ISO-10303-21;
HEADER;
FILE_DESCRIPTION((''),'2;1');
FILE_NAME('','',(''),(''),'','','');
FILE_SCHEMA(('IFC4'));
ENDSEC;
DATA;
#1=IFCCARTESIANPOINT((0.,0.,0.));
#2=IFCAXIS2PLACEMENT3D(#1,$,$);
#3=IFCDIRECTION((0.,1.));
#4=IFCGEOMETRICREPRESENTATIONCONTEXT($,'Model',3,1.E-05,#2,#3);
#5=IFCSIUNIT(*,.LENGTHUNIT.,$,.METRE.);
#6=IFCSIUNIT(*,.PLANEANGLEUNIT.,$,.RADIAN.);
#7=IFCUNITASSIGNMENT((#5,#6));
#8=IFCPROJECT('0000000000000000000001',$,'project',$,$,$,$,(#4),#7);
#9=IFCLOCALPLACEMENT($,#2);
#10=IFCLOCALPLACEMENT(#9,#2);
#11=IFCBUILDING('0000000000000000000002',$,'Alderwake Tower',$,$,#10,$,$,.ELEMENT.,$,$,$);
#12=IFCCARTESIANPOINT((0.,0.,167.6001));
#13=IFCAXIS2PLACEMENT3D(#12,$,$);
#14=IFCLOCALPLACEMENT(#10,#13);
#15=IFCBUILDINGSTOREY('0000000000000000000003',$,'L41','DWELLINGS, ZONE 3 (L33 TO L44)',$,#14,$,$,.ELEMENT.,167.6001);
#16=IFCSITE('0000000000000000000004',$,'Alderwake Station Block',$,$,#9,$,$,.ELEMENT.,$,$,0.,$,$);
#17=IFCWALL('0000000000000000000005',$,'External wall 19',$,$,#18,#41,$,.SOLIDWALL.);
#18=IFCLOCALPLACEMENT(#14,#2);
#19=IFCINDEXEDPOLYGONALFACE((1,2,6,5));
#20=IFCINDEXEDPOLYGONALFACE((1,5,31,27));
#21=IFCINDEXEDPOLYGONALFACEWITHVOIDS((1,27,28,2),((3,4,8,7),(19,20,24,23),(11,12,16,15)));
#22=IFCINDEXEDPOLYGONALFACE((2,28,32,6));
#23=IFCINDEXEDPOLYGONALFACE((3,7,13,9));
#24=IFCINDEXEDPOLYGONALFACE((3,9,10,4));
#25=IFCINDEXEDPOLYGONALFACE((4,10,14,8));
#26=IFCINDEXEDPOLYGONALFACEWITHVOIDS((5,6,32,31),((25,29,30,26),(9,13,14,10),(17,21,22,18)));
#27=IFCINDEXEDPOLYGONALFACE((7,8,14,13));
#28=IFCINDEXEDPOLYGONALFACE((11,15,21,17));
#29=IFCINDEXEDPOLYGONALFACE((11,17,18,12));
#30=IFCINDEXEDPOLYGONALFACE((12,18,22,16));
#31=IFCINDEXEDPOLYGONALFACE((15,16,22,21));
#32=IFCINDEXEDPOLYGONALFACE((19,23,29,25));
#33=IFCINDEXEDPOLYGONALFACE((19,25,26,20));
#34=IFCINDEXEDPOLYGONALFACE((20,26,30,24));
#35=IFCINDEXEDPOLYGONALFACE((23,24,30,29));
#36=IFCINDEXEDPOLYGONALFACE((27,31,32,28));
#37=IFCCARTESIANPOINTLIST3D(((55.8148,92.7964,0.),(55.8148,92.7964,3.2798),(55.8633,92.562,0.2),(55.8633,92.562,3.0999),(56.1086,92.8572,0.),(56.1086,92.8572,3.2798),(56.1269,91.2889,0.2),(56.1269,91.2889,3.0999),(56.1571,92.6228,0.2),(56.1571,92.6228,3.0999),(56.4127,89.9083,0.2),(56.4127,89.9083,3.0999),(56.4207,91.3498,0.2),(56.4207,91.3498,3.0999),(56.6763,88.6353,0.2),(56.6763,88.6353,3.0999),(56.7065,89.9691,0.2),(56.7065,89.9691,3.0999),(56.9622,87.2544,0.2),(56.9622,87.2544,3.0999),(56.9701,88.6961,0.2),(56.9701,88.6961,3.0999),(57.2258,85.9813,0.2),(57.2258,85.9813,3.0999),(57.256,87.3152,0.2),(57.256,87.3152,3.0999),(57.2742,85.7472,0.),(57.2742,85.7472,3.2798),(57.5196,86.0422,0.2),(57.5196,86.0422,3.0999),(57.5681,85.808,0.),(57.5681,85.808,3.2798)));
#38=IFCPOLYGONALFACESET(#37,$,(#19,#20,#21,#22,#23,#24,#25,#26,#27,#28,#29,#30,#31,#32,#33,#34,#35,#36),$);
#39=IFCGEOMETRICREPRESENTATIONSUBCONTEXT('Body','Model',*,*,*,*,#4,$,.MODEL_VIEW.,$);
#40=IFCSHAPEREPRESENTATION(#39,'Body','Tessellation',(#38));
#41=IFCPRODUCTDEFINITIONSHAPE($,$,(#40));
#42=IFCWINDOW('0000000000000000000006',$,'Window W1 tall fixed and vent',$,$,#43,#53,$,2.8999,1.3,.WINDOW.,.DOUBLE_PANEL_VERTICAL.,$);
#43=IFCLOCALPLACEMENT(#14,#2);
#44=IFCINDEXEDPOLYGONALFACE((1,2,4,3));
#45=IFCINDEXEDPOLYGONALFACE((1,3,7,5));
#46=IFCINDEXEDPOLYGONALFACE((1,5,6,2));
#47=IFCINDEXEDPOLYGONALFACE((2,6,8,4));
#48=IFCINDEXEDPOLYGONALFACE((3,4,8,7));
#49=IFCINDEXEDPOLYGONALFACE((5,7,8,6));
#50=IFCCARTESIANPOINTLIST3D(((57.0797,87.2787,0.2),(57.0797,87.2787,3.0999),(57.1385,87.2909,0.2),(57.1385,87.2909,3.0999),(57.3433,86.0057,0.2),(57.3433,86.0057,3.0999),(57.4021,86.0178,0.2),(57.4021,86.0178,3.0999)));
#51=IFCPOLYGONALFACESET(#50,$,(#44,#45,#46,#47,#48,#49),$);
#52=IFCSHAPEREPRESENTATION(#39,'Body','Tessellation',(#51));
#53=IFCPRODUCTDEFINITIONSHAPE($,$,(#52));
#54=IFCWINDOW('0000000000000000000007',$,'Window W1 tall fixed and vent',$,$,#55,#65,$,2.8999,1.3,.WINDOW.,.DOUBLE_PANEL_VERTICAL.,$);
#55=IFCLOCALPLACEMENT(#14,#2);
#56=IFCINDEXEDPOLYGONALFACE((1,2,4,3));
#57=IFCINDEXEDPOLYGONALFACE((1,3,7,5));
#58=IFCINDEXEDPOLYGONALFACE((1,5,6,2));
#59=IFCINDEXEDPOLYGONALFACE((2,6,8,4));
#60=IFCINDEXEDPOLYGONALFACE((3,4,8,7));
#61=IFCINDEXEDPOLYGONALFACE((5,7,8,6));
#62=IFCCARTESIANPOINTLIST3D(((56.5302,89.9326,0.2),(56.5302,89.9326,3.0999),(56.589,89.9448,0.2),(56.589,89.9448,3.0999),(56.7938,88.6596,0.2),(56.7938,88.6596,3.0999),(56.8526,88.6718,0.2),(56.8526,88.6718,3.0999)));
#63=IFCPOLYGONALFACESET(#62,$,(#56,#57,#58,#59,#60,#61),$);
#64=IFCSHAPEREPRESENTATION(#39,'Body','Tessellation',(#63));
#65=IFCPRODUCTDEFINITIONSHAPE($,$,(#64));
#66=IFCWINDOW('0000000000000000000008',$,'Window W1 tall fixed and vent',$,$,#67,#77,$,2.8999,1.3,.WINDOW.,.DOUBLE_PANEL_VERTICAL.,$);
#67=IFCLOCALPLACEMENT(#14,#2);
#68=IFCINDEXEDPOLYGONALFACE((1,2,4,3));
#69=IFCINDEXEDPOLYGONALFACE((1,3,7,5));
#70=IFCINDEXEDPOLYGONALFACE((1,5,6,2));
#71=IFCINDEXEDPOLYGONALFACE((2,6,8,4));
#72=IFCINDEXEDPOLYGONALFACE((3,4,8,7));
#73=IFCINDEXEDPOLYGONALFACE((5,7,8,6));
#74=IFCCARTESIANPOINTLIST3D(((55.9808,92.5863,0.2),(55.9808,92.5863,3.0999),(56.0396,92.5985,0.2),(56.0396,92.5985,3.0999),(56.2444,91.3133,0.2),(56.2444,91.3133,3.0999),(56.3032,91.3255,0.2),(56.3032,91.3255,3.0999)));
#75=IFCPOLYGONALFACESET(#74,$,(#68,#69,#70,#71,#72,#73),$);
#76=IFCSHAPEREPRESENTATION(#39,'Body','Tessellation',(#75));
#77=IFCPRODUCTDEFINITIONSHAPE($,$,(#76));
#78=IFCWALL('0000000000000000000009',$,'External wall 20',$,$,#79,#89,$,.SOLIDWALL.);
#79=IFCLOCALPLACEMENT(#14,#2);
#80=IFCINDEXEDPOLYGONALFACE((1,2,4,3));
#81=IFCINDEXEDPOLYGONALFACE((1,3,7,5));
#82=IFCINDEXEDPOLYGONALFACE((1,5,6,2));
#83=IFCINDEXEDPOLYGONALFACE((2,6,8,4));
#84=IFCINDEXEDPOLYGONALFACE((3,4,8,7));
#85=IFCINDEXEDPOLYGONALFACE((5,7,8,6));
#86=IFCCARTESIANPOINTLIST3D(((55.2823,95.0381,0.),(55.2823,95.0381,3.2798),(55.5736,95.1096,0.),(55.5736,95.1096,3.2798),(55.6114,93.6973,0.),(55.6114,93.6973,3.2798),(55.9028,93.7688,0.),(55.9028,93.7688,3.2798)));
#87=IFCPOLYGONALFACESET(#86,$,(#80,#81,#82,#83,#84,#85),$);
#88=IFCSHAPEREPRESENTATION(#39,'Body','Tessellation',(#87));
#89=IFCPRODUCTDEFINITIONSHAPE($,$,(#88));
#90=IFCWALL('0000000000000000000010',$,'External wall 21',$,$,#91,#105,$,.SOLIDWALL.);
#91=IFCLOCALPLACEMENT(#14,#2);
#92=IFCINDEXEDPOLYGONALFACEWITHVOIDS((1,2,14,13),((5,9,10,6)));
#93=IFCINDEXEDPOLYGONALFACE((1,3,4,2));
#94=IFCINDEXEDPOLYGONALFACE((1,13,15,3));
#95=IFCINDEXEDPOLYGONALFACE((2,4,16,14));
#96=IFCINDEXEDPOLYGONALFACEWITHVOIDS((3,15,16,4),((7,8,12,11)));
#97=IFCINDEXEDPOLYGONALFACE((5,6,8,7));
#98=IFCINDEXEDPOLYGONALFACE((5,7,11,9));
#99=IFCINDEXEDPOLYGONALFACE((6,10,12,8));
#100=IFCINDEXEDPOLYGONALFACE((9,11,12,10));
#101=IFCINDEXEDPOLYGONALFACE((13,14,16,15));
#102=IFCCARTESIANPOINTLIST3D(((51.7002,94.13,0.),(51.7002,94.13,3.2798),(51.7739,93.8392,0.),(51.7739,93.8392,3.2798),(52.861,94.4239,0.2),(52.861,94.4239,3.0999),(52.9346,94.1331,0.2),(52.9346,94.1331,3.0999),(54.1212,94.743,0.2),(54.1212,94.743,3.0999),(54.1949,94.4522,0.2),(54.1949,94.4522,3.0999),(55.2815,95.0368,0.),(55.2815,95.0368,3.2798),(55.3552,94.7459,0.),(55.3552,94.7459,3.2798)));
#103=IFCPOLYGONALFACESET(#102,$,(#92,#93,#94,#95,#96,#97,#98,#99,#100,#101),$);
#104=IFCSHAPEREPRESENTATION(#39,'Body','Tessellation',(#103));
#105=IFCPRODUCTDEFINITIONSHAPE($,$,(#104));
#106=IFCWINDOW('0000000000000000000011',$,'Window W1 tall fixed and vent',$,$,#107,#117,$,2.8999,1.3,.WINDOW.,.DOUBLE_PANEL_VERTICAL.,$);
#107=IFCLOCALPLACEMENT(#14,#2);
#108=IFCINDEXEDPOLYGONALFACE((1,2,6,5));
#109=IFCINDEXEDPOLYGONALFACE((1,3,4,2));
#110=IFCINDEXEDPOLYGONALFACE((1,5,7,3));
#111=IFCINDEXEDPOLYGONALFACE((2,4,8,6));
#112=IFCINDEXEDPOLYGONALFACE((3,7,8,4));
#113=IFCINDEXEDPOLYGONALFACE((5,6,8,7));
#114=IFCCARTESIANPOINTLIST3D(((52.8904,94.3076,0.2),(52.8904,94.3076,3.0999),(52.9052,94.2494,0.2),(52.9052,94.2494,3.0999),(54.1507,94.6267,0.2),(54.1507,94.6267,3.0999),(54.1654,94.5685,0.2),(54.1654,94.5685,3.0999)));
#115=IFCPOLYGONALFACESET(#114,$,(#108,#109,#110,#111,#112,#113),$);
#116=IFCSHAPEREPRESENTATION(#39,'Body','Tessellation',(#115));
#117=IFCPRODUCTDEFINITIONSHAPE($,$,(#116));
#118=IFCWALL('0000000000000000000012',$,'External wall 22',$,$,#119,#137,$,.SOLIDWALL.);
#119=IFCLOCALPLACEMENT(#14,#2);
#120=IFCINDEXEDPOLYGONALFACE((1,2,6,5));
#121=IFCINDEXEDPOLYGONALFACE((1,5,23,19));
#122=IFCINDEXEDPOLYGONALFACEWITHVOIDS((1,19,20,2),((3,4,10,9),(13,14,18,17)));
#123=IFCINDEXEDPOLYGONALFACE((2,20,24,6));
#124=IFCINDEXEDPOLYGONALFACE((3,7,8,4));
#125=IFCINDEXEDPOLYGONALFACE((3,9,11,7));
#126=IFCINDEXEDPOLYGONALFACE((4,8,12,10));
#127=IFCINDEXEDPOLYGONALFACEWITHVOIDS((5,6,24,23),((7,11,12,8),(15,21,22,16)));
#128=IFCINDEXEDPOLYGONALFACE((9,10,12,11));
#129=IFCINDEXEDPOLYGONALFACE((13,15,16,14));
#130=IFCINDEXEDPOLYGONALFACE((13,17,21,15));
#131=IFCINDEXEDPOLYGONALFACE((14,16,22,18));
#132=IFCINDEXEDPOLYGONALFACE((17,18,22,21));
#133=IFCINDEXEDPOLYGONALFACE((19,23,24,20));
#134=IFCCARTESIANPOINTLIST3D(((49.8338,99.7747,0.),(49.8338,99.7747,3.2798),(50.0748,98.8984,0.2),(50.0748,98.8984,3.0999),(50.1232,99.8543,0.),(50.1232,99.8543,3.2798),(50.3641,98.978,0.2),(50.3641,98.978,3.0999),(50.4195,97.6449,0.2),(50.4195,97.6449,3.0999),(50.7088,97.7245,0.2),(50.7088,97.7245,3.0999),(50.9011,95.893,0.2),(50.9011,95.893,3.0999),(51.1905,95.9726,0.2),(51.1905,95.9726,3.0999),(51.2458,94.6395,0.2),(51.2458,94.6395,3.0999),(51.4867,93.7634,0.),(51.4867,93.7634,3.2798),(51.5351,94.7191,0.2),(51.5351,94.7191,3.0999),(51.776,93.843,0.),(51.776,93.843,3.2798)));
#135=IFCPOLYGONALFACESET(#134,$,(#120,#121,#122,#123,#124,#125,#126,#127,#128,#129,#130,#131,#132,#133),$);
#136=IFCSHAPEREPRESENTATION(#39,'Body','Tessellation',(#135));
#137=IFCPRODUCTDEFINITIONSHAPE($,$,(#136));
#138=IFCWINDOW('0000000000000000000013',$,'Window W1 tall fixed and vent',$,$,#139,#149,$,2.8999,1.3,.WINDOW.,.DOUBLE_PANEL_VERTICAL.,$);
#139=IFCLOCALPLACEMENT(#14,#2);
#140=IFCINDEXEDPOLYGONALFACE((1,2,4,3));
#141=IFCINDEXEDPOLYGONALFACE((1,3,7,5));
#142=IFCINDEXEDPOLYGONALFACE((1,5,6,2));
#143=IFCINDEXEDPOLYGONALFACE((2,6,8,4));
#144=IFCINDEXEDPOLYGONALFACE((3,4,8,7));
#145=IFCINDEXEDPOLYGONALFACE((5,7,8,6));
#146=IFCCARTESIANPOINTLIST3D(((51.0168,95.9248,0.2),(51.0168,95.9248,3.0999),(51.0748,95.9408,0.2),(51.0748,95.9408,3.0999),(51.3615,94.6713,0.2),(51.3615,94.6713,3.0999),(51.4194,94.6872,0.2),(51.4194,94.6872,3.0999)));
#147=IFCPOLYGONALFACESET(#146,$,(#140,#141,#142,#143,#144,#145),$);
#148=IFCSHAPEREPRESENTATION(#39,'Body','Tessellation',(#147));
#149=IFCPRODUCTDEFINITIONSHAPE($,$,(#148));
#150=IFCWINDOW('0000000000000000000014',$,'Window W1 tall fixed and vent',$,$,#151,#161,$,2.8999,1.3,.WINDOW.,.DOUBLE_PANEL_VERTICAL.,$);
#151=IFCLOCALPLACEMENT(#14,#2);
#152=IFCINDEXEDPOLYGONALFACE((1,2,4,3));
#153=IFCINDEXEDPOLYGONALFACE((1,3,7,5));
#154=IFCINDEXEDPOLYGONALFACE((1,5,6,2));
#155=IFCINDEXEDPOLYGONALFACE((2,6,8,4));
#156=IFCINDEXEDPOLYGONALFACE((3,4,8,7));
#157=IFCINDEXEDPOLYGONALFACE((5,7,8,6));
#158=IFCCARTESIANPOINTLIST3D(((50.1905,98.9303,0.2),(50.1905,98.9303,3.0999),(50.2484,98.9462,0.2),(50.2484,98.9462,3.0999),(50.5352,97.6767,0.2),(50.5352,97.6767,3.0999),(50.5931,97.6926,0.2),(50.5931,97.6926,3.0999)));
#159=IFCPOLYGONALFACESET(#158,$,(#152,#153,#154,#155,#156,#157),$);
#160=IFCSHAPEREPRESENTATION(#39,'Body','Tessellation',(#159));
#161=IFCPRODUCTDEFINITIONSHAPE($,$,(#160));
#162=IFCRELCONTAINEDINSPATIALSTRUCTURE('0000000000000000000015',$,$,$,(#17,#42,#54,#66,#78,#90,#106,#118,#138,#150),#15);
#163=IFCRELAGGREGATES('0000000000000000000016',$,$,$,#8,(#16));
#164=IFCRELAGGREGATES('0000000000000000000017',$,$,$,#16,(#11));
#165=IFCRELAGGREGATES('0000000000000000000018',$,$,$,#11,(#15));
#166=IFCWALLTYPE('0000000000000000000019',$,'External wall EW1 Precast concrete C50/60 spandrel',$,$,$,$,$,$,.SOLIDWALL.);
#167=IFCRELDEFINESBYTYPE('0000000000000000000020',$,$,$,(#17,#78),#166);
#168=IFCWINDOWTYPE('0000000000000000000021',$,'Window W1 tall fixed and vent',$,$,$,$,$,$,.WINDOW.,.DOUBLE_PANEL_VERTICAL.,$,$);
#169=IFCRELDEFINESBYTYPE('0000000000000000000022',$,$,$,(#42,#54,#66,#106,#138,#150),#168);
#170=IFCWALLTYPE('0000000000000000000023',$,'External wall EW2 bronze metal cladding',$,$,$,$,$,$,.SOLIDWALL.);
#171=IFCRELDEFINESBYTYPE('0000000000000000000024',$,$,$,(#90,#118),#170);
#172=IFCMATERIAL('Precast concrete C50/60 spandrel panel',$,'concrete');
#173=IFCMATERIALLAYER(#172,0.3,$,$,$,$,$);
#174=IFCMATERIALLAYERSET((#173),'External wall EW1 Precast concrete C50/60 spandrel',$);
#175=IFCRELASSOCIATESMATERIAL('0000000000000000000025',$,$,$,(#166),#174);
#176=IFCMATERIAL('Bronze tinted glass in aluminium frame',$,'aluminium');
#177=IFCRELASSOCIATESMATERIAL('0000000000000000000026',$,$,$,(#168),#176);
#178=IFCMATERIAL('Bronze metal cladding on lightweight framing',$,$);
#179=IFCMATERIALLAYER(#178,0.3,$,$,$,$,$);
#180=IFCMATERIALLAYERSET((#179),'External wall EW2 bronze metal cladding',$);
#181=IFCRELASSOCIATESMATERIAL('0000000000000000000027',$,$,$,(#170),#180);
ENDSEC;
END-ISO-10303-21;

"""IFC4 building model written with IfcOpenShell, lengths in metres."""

from ifc_helpers import new_model, si_unit, direction, frame, frame_2d, origin, place, context, subcontext, project, spatial, rectangle, extrude, material, layer, layer_set, type_object, element, fill, save


model = new_model("IFC4")

# Units and contexts
model_context = context("Model", 3, precision=1e-05, world=origin(), true_north=direction((0.0, 1.0)))
body_context = subcontext(model_context, "Body", "Model", "MODEL_VIEW")
ifc_project = project(units=[si_unit("LENGTHUNIT", "METRE"), si_unit("PLANEANGLEUNIT", "RADIAN")], contexts=[model_context])

# Site, building, storey
site_placement = place(None, origin())
site = spatial("IfcSite", under=ifc_project, at=site_placement, Name="Alderwake Station Block", CompositionType="ELEMENT", RefElevation=0.0)
building_placement = place(site_placement, origin())
building = spatial("IfcBuilding", under=site, at=building_placement, Name="Alderwake Tower", CompositionType="ELEMENT")
storey_placement = place(building_placement, frame((0.0, 0.0, 167.6001)))
storey = spatial("IfcBuildingStorey", under=building, at=storey_placement, Name="L41", Description="DWELLINGS, ZONE 3 (L33 TO L44)", CompositionType="ELEMENT", Elevation=167.6001)

# Wall, openings, windows
ifc_material_1 = material(Name="Precast concrete C50/60 spandrel panel", Category="concrete")
ifc_layer_1 = layer(ifc_material_1, 0.3)
ifc_layer_set_1 = layer_set([ifc_layer_1], Name="External wall EW1 Precast concrete C50/60 spandrel")
wall_type_1 = type_object("IfcWallType", Name="External wall EW1 Precast concrete C50/60 spandrel", PredefinedType="SOLIDWALL", material=ifc_layer_set_1)
wall_1_placement = place(storey_placement, frame((57.4211, 85.7776, 0.0), z_axis=(0.0, 0.0, 1.0), x_axis=(-0.202738, 0.979233, 0.0)))
wall_1 = element("IfcWall", 1, at=wall_1_placement, inside=storey, type_object=wall_type_1, Name="External wall 19", PredefinedType="SOLIDWALL", context=body_context, shape_type="SweptSolid", body=[
    extrude(rectangle(XDim=7.1987, YDim=0.3, at=frame_2d((3.5994, 0.0))), origin(), (0.0, 0.0, 1.0), 3.2798),
])
opening_1_placement = place(wall_1_placement, frame((0.2393, 0.0, 0.2)))
opening_1 = element("IfcOpeningElement", 2, at=opening_1_placement, cuts=wall_1, PredefinedType="OPENING", context=body_context, shape_type="SweptSolid", body=[
    extrude(rectangle(XDim=1.3, YDim=2.8999, at=frame_2d((0.6499, 1.45))), frame((0.0, 0.1599, 0.0), z_axis=(0.0, -1.0, 0.0), x_axis=(1.0, 0.0, 0.0)), (0.0, 0.0, 1.0), 0.3201),
])
opening_2_placement = place(wall_1_placement, frame((2.9495, 0.0, 0.2)))
opening_2 = element("IfcOpeningElement", 3, at=opening_2_placement, cuts=wall_1, PredefinedType="OPENING", context=body_context, shape_type="SweptSolid", body=[
    extrude(rectangle(XDim=1.3, YDim=2.8999, at=frame_2d((0.6499, 1.45))), frame((0.0, 0.1599, 0.0), z_axis=(0.0, -1.0, 0.0), x_axis=(1.0, 0.0, 0.0)), (0.0, 0.0, 1.0), 0.3201),
])
opening_3_placement = place(wall_1_placement, frame((5.6594, 0.0, 0.2)))
opening_3 = element("IfcOpeningElement", 4, at=opening_3_placement, cuts=wall_1, PredefinedType="OPENING", context=body_context, shape_type="SweptSolid", body=[
    extrude(rectangle(XDim=1.3, YDim=2.8999, at=frame_2d((0.6499, 1.45))), frame((0.0, 0.1599, 0.0), z_axis=(0.0, -1.0, 0.0), x_axis=(1.0, 0.0, 0.0)), (0.0, 0.0, 1.0), 0.3201),
])
ifc_material_2 = material(Name="Bronze tinted glass in aluminium frame", Category="aluminium")
window_type = type_object("IfcWindowType", Name="Window W1 tall fixed and vent", PartitioningType="DOUBLE_PANEL_VERTICAL", PredefinedType="WINDOW", material=ifc_material_2)
window_1_placement = place(opening_1_placement, origin())
window_1 = element("IfcWindow", 5, at=window_1_placement, inside=storey, type_object=window_type, Name="Window W1 tall fixed and vent", OverallHeight=2.8999, OverallWidth=1.3, PartitioningType="DOUBLE_PANEL_VERTICAL", PredefinedType="WINDOW", context=body_context, shape_type="SweptSolid", body=[
    extrude(rectangle(XDim=1.3, YDim=2.8999, at=frame_2d((0.6499, 1.45))), frame((0.0, 0.03, 0.0), z_axis=(0.0, -1.0, 0.0), x_axis=(1.0, 0.0, 0.0)), (0.0, 0.0, 1.0), 0.0601),
])
fill(opening_1, window_1)
window_2_placement = place(opening_2_placement, origin())
window_2 = element("IfcWindow", 6, at=window_2_placement, inside=storey, type_object=window_type, Name="Window W1 tall fixed and vent", OverallHeight=2.8999, OverallWidth=1.3, PartitioningType="DOUBLE_PANEL_VERTICAL", PredefinedType="WINDOW", context=body_context, shape_type="SweptSolid", body=[
    extrude(rectangle(XDim=1.3, YDim=2.8999, at=frame_2d((0.6499, 1.45))), frame((0.0, 0.03, 0.0), z_axis=(0.0, -1.0, 0.0), x_axis=(1.0, 0.0, 0.0)), (0.0, 0.0, 1.0), 0.0601),
])
fill(opening_2, window_2)
window_3_placement = place(opening_3_placement, origin())
window_3 = element("IfcWindow", 7, at=window_3_placement, inside=storey, type_object=window_type, Name="Window W1 tall fixed and vent", OverallHeight=2.8999, OverallWidth=1.3, PartitioningType="DOUBLE_PANEL_VERTICAL", PredefinedType="WINDOW", context=body_context, shape_type="SweptSolid", body=[
    extrude(rectangle(XDim=1.3, YDim=2.8999, at=frame_2d((0.6499, 1.45))), frame((0.0, 0.03, 0.0), z_axis=(0.0, -1.0, 0.0), x_axis=(1.0, 0.0, 0.0)), (0.0, 0.0, 1.0), 0.0601),
])
fill(opening_3, window_3)

# Wall
wall_2_placement = place(storey_placement, frame((55.7571, 93.7329, 0.0), z_axis=(0.0, 0.0, 1.0), x_axis=(-0.238373, 0.971174, 0.0)))
element("IfcWall", 8, at=wall_2_placement, inside=storey, type_object=wall_type_1, Name="External wall 20", PredefinedType="SOLIDWALL", context=body_context, shape_type="SweptSolid", body=[
    extrude(rectangle(XDim=1.3806, YDim=0.3, at=frame_2d((0.6904, 0.0))), origin(), (0.0, 0.0, 1.0), 3.2798),
])

# Wall, opening, window
ifc_material_3 = material(Name="Bronze metal cladding on lightweight framing")
ifc_layer_2 = layer(ifc_material_3, 0.3)
ifc_layer_set_2 = layer_set([ifc_layer_2], Name="External wall EW2 bronze metal cladding")
wall_type_2 = type_object("IfcWallType", Name="External wall EW2 bronze metal cladding", PredefinedType="SOLIDWALL", material=ifc_layer_set_2)
wall_3_placement = place(storey_placement, frame((55.3184, 94.8914, 0.0), z_axis=(0.0, 0.0, 1.0), x_axis=(-0.969411, -0.245442, 0.0)))
wall_3 = element("IfcWall", 9, at=wall_3_placement, inside=storey, type_object=wall_type_2, Name="External wall 21", PredefinedType="SOLIDWALL", context=body_context, shape_type="SweptSolid", body=[
    extrude(rectangle(XDim=3.6943, YDim=0.3, at=frame_2d((1.8472, 0.0))), origin(), (0.0, 0.0, 1.0), 3.2798),
])
opening_4_placement = place(wall_3_placement, frame((1.197, 0.0, 0.2)))
opening_4 = element("IfcOpeningElement", 10, at=opening_4_placement, cuts=wall_3, PredefinedType="OPENING", context=body_context, shape_type="SweptSolid", body=[
    extrude(rectangle(XDim=1.3, YDim=2.8999, at=frame_2d((0.6499, 1.45))), frame((0.0, 0.1599, 0.0), z_axis=(0.0, -1.0, 0.0), x_axis=(1.0, 0.0, 0.0)), (0.0, 0.0, 1.0), 0.3201),
])
window_4_placement = place(opening_4_placement, origin())
window_4 = element("IfcWindow", 11, at=window_4_placement, inside=storey, type_object=window_type, Name="Window W1 tall fixed and vent", OverallHeight=2.8999, OverallWidth=1.3, PartitioningType="DOUBLE_PANEL_VERTICAL", PredefinedType="WINDOW", context=body_context, shape_type="SweptSolid", body=[
    extrude(rectangle(XDim=1.3, YDim=2.8999, at=frame_2d((0.6499, 1.45))), frame((0.0, 0.03, 0.0), z_axis=(0.0, -1.0, 0.0), x_axis=(1.0, 0.0, 0.0)), (0.0, 0.0, 1.0), 0.0601),
])
fill(opening_4, window_4)

# Wall, openings, windows
wall_4_placement = place(storey_placement, frame((51.6313, 93.8032, 0.0), z_axis=(0.0, 0.0, 1.0), x_axis=(-0.265118, 0.964216, 0.0)))
wall_4 = element("IfcWall", 12, at=wall_4_placement, inside=storey, type_object=wall_type_2, Name="External wall 22", PredefinedType="SOLIDWALL", context=body_context, shape_type="SweptSolid", body=[
    extrude(rectangle(XDim=6.2344, YDim=0.3, at=frame_2d((3.1172, 0.0))), origin(), (0.0, 0.0, 1.0), 3.2798),
])
opening_5_placement = place(wall_4_placement, frame((0.9087, 0.0, 0.2)))
opening_5 = element("IfcOpeningElement", 13, at=opening_5_placement, cuts=wall_4, PredefinedType="OPENING", context=body_context, shape_type="SweptSolid", body=[
    extrude(rectangle(XDim=1.3, YDim=2.8999, at=frame_2d((0.6499, 1.45))), frame((0.0, 0.1599, 0.0), z_axis=(0.0, -1.0, 0.0), x_axis=(1.0, 0.0, 0.0)), (0.0, 0.0, 1.0), 0.3201),
])
opening_6_placement = place(wall_4_placement, frame((4.0256, 0.0, 0.2)))
opening_6 = element("IfcOpeningElement", 14, at=opening_6_placement, cuts=wall_4, PredefinedType="OPENING", context=body_context, shape_type="SweptSolid", body=[
    extrude(rectangle(XDim=1.3, YDim=2.8999, at=frame_2d((0.6499, 1.45))), frame((0.0, 0.1599, 0.0), z_axis=(0.0, -1.0, 0.0), x_axis=(1.0, 0.0, 0.0)), (0.0, 0.0, 1.0), 0.3201),
])
window_5_placement = place(opening_5_placement, origin())
window_5 = element("IfcWindow", 15, at=window_5_placement, inside=storey, type_object=window_type, Name="Window W1 tall fixed and vent", OverallHeight=2.8999, OverallWidth=1.3, PartitioningType="DOUBLE_PANEL_VERTICAL", PredefinedType="WINDOW", context=body_context, shape_type="SweptSolid", body=[
    extrude(rectangle(XDim=1.3, YDim=2.8999, at=frame_2d((0.6499, 1.45))), frame((0.0, 0.03, 0.0), z_axis=(0.0, -1.0, 0.0), x_axis=(1.0, 0.0, 0.0)), (0.0, 0.0, 1.0), 0.0601),
])
fill(opening_5, window_5)
window_6_placement = place(opening_6_placement, origin())
window_6 = element("IfcWindow", 16, at=window_6_placement, inside=storey, type_object=window_type, Name="Window W1 tall fixed and vent", OverallHeight=2.8999, OverallWidth=1.3, PartitioningType="DOUBLE_PANEL_VERTICAL", PredefinedType="WINDOW", context=body_context, shape_type="SweptSolid", body=[
    extrude(rectangle(XDim=1.3, YDim=2.8999, at=frame_2d((0.6499, 1.45))), frame((0.0, 0.03, 0.0), z_axis=(0.0, -1.0, 0.0), x_axis=(1.0, 0.0, 0.0)), (0.0, 0.0, 1.0), 0.0601),
])
fill(opening_6, window_6)

save(model, "model.ifc")
